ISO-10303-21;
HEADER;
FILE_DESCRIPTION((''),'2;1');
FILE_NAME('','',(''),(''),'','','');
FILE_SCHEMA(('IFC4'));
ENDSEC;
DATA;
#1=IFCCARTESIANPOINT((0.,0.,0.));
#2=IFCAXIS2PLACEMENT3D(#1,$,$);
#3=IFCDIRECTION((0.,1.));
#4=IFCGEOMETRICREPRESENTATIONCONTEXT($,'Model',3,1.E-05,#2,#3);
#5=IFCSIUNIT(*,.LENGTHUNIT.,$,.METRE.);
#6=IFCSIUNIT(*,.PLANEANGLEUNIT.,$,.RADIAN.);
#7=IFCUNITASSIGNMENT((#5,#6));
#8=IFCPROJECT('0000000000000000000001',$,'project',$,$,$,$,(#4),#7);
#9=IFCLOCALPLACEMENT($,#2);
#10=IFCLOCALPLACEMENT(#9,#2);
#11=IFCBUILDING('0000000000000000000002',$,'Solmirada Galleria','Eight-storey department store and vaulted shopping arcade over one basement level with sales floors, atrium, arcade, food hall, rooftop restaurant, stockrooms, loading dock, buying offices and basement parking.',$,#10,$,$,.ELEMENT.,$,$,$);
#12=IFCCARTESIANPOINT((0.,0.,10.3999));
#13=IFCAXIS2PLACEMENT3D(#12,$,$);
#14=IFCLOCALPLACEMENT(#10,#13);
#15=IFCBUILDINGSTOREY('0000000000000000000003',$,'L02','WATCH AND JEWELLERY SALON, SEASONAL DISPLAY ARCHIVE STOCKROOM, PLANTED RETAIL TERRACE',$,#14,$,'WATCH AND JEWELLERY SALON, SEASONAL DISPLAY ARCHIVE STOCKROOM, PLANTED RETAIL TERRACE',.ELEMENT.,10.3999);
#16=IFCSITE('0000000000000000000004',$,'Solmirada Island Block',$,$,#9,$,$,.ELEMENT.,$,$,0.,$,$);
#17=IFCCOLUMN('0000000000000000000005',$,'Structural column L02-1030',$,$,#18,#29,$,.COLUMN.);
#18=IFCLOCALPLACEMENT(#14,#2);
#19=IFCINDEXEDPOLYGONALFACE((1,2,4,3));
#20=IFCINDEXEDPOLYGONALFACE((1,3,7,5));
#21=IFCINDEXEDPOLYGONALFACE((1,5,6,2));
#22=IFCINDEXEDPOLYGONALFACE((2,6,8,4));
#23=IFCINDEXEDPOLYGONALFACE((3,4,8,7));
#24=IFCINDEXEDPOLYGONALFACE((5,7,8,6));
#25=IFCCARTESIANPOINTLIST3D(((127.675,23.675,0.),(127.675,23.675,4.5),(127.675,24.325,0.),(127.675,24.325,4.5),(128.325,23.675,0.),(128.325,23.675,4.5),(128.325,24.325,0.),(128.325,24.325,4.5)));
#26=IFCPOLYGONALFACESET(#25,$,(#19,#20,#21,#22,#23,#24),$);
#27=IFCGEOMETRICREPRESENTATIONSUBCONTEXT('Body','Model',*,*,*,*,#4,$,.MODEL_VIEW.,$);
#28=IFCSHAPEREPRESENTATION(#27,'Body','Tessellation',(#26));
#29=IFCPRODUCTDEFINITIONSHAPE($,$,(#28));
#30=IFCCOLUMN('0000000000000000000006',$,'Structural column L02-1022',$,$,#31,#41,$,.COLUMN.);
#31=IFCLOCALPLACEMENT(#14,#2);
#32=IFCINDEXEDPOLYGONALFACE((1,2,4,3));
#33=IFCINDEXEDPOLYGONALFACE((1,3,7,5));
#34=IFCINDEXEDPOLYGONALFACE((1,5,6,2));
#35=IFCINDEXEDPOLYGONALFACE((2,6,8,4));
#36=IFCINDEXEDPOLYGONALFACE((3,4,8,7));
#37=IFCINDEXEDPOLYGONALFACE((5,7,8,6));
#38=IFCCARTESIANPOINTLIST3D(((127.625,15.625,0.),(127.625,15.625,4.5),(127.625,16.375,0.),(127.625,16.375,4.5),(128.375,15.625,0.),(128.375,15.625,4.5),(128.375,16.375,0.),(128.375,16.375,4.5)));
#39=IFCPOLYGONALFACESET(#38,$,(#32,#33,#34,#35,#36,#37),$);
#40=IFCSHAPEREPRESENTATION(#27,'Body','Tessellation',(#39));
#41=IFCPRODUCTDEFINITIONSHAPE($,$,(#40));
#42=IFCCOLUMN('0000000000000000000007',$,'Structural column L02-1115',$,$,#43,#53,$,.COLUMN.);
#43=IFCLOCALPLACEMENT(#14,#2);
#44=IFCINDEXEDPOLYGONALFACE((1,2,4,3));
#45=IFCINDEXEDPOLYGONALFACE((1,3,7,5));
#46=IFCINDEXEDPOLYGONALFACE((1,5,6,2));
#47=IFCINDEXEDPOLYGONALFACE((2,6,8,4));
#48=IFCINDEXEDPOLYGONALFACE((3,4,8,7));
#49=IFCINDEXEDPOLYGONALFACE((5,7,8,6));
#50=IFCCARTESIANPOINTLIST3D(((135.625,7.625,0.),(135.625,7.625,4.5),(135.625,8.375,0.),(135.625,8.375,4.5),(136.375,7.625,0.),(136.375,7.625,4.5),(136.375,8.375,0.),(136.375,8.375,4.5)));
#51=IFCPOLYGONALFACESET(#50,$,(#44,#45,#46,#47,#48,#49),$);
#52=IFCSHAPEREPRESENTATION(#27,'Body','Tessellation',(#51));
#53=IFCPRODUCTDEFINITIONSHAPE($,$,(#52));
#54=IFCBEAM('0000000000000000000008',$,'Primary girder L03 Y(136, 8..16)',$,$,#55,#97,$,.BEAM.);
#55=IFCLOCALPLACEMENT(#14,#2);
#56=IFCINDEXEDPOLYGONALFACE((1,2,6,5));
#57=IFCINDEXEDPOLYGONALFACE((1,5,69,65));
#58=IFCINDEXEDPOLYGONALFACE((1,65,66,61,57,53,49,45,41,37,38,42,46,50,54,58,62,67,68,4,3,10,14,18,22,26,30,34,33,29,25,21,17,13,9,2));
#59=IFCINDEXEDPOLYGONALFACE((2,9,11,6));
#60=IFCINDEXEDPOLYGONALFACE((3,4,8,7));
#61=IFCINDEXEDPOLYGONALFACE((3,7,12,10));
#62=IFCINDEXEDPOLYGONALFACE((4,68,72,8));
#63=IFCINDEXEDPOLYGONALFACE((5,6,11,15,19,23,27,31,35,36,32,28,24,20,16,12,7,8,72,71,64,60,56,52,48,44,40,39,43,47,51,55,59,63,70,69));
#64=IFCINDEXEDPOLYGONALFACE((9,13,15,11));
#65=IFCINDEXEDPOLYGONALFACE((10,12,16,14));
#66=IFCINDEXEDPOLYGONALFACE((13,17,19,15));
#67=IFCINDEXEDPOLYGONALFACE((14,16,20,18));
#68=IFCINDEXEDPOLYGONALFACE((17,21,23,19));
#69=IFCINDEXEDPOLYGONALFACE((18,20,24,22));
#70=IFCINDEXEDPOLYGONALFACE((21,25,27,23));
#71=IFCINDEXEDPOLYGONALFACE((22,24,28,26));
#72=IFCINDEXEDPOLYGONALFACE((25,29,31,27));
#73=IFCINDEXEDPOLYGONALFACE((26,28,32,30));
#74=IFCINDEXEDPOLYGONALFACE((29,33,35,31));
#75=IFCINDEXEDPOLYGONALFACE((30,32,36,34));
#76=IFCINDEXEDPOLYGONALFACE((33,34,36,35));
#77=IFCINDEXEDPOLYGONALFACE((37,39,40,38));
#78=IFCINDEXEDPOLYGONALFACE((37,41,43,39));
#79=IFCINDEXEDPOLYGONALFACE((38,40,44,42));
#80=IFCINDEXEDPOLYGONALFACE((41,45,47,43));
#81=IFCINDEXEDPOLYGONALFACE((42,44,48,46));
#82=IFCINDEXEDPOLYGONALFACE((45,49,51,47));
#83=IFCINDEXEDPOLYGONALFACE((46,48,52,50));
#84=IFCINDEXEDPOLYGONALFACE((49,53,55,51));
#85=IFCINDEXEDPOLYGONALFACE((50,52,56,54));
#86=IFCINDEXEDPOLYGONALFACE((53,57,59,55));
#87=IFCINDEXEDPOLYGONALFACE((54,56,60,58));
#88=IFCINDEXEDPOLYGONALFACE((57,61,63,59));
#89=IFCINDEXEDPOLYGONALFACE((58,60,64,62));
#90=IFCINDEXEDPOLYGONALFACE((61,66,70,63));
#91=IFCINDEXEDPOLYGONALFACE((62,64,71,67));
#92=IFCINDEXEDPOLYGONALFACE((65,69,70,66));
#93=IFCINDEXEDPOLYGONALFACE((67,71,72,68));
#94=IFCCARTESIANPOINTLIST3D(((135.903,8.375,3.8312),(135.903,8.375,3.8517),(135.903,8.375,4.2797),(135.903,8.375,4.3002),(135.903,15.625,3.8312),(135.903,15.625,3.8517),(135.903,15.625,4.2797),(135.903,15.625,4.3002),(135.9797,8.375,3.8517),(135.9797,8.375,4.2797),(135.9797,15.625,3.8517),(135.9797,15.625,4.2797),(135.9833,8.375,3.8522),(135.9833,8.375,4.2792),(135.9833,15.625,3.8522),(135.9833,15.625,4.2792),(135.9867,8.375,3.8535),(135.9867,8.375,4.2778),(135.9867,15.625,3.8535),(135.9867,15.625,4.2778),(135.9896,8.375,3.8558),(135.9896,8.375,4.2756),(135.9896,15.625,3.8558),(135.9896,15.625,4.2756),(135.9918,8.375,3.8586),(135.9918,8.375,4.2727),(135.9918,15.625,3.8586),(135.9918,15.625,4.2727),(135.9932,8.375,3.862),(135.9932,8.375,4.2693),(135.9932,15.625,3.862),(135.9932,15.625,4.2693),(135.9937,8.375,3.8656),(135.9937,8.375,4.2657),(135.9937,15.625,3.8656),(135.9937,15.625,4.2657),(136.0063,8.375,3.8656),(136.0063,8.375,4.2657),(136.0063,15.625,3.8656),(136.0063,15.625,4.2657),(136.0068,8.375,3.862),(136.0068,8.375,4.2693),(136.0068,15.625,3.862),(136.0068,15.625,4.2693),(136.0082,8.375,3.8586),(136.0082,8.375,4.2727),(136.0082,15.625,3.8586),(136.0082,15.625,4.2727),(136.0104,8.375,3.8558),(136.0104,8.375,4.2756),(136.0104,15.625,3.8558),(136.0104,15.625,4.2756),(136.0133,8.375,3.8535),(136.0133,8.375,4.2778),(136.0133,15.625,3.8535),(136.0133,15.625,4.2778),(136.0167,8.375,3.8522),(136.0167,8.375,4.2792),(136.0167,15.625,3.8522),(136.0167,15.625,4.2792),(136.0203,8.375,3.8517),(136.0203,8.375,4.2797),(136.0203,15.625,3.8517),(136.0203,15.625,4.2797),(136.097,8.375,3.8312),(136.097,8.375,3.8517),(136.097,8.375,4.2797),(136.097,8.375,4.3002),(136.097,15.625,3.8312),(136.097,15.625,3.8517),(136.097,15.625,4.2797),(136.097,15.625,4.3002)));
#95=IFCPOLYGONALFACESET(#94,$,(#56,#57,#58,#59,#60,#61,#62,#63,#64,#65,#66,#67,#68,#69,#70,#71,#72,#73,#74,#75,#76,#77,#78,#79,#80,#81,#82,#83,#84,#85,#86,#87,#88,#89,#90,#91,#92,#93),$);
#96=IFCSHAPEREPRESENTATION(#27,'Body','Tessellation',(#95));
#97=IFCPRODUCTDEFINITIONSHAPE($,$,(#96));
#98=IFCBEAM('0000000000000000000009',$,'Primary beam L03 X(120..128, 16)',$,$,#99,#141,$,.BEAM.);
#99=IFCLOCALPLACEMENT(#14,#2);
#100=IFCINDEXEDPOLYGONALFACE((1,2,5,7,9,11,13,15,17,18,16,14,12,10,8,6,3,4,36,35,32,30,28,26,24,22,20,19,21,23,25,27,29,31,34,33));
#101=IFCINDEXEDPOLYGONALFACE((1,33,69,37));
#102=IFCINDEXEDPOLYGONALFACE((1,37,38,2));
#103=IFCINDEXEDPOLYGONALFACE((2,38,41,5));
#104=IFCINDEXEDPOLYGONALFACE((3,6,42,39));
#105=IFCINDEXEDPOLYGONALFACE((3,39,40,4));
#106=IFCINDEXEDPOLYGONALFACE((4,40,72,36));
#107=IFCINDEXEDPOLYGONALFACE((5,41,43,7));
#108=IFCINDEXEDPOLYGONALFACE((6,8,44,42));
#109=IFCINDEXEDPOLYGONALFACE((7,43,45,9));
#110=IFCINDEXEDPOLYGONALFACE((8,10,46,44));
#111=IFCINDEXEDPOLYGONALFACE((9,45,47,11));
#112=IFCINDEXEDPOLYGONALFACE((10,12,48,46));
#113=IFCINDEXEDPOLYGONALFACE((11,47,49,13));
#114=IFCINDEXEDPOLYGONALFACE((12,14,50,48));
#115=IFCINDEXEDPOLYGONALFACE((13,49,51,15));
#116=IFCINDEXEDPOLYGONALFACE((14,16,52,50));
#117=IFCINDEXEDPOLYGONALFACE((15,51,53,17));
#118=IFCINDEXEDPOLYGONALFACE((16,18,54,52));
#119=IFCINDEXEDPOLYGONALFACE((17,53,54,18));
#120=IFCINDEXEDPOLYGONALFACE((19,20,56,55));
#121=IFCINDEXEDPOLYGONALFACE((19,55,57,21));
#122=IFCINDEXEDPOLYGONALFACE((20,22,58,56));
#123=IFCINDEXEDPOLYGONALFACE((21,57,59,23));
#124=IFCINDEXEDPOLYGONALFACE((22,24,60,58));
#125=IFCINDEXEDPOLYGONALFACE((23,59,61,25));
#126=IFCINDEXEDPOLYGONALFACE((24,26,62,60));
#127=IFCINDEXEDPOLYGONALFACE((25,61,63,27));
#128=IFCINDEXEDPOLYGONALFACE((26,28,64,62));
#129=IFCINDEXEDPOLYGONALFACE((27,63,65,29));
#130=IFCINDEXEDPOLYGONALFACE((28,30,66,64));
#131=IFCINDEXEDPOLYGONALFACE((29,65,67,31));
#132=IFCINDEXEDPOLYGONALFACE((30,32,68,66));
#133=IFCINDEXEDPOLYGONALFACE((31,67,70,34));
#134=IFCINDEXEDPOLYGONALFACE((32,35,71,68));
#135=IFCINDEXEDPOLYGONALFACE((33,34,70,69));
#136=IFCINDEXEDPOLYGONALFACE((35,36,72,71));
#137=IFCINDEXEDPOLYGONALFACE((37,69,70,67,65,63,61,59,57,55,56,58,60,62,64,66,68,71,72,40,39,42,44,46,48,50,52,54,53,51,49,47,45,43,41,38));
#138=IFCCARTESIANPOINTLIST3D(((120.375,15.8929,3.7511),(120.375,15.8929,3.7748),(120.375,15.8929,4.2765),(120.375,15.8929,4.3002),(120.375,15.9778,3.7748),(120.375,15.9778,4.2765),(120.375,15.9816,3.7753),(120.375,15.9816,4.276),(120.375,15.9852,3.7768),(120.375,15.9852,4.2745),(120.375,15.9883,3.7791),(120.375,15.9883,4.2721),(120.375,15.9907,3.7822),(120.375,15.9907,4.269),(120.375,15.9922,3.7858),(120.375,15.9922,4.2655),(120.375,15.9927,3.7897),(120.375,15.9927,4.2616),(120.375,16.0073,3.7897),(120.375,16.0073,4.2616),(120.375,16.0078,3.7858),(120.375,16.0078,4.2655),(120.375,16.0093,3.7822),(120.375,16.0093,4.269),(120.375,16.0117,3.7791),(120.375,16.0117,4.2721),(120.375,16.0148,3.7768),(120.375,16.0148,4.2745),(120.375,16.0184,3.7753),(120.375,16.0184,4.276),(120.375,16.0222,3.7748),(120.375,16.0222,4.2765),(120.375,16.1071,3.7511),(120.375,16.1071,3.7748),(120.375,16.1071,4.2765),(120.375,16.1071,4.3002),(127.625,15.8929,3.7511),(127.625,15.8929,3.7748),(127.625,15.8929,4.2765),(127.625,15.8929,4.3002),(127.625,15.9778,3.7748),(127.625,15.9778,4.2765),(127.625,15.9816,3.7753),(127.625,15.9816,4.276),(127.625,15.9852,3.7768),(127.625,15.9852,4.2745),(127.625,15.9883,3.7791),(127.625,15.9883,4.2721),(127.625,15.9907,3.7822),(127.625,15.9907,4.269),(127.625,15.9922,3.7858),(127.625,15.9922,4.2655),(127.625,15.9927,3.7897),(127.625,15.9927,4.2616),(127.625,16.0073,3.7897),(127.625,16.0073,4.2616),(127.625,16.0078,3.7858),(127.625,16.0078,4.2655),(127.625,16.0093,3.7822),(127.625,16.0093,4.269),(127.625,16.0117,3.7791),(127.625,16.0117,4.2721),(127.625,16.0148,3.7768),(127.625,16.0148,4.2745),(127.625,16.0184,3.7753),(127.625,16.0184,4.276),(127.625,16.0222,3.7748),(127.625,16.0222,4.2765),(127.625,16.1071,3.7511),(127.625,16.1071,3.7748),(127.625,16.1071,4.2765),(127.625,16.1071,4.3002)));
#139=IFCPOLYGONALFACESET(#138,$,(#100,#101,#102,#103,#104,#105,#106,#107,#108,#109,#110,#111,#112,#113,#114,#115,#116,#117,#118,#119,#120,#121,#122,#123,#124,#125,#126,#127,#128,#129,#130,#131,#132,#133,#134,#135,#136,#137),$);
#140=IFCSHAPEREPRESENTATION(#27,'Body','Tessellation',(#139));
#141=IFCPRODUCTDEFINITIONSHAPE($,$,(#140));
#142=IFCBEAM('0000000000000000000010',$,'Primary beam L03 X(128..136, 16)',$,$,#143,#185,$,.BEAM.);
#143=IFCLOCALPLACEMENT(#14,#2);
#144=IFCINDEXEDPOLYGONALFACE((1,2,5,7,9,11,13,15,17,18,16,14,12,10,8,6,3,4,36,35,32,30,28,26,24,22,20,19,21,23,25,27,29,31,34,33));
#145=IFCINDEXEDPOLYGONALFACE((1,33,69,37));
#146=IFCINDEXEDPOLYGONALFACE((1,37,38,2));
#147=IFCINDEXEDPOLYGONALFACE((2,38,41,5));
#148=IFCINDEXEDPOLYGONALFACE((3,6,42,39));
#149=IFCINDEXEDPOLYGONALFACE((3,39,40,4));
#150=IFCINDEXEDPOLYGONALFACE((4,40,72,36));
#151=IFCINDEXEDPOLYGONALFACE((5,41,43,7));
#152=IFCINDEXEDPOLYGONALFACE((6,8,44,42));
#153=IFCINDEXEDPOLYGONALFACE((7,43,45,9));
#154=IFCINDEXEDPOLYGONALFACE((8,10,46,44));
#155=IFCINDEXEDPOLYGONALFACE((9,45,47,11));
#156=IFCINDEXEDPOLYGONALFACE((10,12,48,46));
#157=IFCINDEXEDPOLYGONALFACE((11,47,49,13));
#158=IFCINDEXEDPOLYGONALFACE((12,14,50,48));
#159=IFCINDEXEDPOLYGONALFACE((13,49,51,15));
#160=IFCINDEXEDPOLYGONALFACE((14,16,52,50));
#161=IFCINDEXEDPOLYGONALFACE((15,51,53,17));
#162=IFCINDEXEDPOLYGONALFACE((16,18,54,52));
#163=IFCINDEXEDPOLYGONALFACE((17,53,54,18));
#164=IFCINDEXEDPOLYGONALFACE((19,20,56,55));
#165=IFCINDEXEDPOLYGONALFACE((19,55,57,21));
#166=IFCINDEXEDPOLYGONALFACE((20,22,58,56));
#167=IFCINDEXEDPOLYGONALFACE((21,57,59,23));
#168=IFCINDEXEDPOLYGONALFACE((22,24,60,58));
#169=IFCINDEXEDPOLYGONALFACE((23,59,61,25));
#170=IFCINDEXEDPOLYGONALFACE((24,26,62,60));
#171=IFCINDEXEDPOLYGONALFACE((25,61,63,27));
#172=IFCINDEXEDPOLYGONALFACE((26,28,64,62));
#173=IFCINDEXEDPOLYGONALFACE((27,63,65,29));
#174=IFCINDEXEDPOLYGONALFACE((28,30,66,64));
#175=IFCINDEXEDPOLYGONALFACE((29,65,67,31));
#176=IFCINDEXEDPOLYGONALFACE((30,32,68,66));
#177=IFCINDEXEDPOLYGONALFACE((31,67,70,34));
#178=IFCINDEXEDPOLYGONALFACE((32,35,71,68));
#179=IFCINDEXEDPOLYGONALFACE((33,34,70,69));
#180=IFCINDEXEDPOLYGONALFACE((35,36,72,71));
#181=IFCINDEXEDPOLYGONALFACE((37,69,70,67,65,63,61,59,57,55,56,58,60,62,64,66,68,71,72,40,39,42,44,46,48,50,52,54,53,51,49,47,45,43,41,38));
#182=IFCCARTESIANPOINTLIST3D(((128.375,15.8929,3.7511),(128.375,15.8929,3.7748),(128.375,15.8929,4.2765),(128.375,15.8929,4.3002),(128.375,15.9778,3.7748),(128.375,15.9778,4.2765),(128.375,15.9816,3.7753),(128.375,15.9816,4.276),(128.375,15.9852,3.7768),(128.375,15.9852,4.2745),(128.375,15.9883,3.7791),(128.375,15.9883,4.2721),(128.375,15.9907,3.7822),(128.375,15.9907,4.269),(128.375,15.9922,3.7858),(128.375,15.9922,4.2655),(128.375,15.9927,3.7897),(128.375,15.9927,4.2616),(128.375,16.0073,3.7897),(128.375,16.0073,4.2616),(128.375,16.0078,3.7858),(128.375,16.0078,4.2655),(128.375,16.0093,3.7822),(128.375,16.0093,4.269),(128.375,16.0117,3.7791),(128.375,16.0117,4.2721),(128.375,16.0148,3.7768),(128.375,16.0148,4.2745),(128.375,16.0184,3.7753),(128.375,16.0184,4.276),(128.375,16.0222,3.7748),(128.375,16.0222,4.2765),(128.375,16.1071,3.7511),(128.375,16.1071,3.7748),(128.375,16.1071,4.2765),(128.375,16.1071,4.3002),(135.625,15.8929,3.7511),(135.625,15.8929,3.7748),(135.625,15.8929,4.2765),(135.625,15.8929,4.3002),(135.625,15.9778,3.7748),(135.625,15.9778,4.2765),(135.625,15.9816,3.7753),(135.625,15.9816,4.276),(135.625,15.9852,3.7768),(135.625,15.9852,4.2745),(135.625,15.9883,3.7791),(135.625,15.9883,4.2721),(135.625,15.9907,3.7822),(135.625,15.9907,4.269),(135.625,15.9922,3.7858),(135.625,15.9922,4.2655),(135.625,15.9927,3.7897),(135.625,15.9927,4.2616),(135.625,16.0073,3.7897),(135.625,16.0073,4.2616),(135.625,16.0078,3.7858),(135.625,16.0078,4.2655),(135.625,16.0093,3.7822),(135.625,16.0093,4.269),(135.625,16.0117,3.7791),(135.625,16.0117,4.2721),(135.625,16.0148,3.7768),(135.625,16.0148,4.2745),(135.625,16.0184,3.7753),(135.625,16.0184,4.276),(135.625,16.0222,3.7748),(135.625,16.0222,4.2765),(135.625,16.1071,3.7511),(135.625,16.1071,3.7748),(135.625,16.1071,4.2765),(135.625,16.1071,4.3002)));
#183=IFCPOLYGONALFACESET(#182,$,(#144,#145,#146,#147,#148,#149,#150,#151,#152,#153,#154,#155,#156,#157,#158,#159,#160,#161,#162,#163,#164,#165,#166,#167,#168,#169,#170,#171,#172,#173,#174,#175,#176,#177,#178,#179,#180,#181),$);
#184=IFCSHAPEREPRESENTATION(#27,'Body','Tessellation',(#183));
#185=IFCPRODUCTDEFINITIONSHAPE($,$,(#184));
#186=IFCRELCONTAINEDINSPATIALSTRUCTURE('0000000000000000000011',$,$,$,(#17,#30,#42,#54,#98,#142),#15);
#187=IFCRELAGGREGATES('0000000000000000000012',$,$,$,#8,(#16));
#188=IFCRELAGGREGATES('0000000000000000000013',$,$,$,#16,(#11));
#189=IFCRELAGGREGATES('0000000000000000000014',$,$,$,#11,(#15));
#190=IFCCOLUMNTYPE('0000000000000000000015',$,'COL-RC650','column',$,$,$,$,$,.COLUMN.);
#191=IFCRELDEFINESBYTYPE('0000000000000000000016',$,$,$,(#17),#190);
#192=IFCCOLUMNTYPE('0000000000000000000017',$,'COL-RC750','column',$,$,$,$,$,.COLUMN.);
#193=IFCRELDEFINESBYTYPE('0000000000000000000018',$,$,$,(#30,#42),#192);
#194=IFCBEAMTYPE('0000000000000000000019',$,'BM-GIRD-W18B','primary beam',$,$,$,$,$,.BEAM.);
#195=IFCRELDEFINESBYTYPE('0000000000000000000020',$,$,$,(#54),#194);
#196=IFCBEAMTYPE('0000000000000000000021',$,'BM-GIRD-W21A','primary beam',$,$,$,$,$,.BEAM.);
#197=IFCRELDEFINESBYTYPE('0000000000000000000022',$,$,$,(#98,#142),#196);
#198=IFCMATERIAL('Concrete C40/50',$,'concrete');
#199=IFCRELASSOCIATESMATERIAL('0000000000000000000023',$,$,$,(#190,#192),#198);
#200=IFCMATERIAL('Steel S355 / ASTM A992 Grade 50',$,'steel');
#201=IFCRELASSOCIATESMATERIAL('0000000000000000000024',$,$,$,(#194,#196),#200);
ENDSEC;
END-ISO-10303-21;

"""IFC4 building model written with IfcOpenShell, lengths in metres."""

from ifc_helpers import new_model, si_unit, direction, frame, origin, origin_2d, place, context, subcontext, project, spatial, rectangle, i_section, extrude, material, material_profile, profile_set, type_object, element, save


model = new_model("IFC4")

# Units and contexts
model_context = context("Model", 3, precision=1e-05, world=origin(), true_north=direction((0.0, 1.0)))
body_context = subcontext(model_context, "Body", "Model", "MODEL_VIEW")
ifc_project = project(units=[si_unit("LENGTHUNIT", "METRE"), si_unit("PLANEANGLEUNIT", "RADIAN")], contexts=[model_context])

# Site, building, storey
site_placement = place(None, origin())
site = spatial("IfcSite", under=ifc_project, at=site_placement, Name="Solmirada Island Block", CompositionType="ELEMENT", RefElevation=0.0)
building_placement = place(site_placement, origin())
building = spatial("IfcBuilding", under=site, at=building_placement, Name="Solmirada Galleria", Description="Eight-storey department store and vaulted shopping arcade over one basement level with sales floors, atrium, arcade, food hall, rooftop restaurant, stockrooms, loading dock, buying offices and basement parking.", CompositionType="ELEMENT")
storey_placement = place(building_placement, frame((0.0, 0.0, 10.3999)))
storey = spatial("IfcBuildingStorey", under=building, at=storey_placement, Name="L02", Description="WATCH AND JEWELLERY SALON, SEASONAL DISPLAY ARCHIVE STOCKROOM, PLANTED RETAIL TERRACE", LongName="WATCH AND JEWELLERY SALON, SEASONAL DISPLAY ARCHIVE STOCKROOM, PLANTED RETAIL TERRACE", CompositionType="ELEMENT", Elevation=10.3999)

# Columns
ifc_material_1 = material(Name="Concrete C40/50", Category="concrete")
ifc_material_profile_1 = material_profile(ifc_material_1, rectangle(XDim=0.6499, YDim=0.6499, at=origin_2d()), Name="RC650X650")
ifc_profile_set_1 = profile_set([ifc_material_profile_1], Name="Concrete C40/50")
column_type_1 = type_object("IfcColumnType", Name="COL-RC650", Description="column", PredefinedType="COLUMN", material=ifc_profile_set_1)
column_placement = place(storey_placement, frame((128.0, 24.0, 0.0), z_axis=(0.0, 0.0, 1.0), x_axis=(1.0, 0.0, 0.0)))
element("IfcColumn", 1, at=column_placement, inside=storey, type_object=column_type_1, Name="Structural column L02-1030", PredefinedType="COLUMN", context=body_context, shape_type="SweptSolid", body=[
    extrude(rectangle(XDim=0.6499, YDim=0.6499, at=origin_2d()), origin(), (0.0, 0.0, 1.0), 4.5),
])
ifc_material_profile_2 = material_profile(ifc_material_1, rectangle(XDim=0.75, YDim=0.75, at=origin_2d()), Name="RC750X750")
ifc_profile_set_2 = profile_set([ifc_material_profile_2], Name="Concrete C40/50")
column_type_2 = type_object("IfcColumnType", Name="COL-RC750", Description="column", PredefinedType="COLUMN", material=ifc_profile_set_2)
for number, where, z_axis, x_axis, name in (
    (2, (128.0, 16.0, 0.0), (0.0, 0.0, 1.0), (1.0, 0.0, 0.0), "Structural column L02-1022"),
    (3, (136.0, 8.0, 0.0), (0.0, 0.0, 1.0), (1.0, 0.0, 0.0), "Structural column L02-1115"),
):
    element("IfcColumn", number, at=place(storey_placement, frame(where, z_axis=z_axis, x_axis=x_axis)), inside=storey, type_object=column_type_2, Name=name, PredefinedType="COLUMN", context=body_context, shape_type="SweptSolid", body=[
        extrude(rectangle(XDim=0.75, YDim=0.75, at=origin_2d()), origin(), (0.0, 0.0, 1.0), 4.5),
    ])

# Beams
ifc_material_2 = material(Name="Steel S355 / ASTM A992 Grade 50", Category="steel")
ifc_material_profile_3 = material_profile(ifc_material_2, i_section(OverallWidth=0.1941, OverallDepth=0.469, WebThickness=0.0127, FlangeThickness=0.0205, FilletRadius=0.0139, at=origin_2d()), Name="W18X71")
ifc_profile_set_3 = profile_set([ifc_material_profile_3], Name="Steel S355 / ASTM A992 Grade 50")
beam_type_1 = type_object("IfcBeamType", Name="BM-GIRD-W18B", Description="primary beam", PredefinedType="BEAM", material=ifc_profile_set_3)
beam_1_placement = place(storey_placement, frame((136.0, 8.375, 4.0657), z_axis=(0.0, 1.0, 0.0), x_axis=(-1.0, 0.0, 0.0)))
element("IfcBeam", 4, at=beam_1_placement, inside=storey, type_object=beam_type_1, Name="Primary girder L03 Y(136, 8..16)", PredefinedType="BEAM", context=body_context, shape_type="SweptSolid", body=[
    extrude(i_section(OverallWidth=0.1941, OverallDepth=0.469, WebThickness=0.0127, FlangeThickness=0.0205, FilletRadius=0.0139, at=origin_2d()), origin(), (0.0, 0.0, 1.0), 7.25),
])
ifc_material_profile_4 = material_profile(ifc_material_2, i_section(OverallWidth=0.2141, OverallDepth=0.5491, WebThickness=0.0146, FlangeThickness=0.0237, FilletRadius=0.0149, at=origin_2d()), Name="W21X93")
ifc_profile_set_4 = profile_set([ifc_material_profile_4], Name="Steel S355 / ASTM A992 Grade 50")
beam_type_2 = type_object("IfcBeamType", Name="BM-GIRD-W21A", Description="primary beam", PredefinedType="BEAM", material=ifc_profile_set_4)
for number, where, z_axis, x_axis, name in (
    (5, (120.375, 16.0, 4.0256), (1.0, 0.0, 0.0), (0.0, 1.0, 0.0), "Primary beam L03 X(120..128, 16)"),
    (6, (128.375, 16.0, 4.0256), (1.0, 0.0, 0.0), (0.0, 1.0, 0.0), "Primary beam L03 X(128..136, 16)"),
):
    element("IfcBeam", number, at=place(storey_placement, frame(where, z_axis=z_axis, x_axis=x_axis)), inside=storey, type_object=beam_type_2, Name=name, PredefinedType="BEAM", context=body_context, shape_type="SweptSolid", body=[
        extrude(i_section(OverallWidth=0.2141, OverallDepth=0.5491, WebThickness=0.0146, FlangeThickness=0.0237, FilletRadius=0.0149, at=origin_2d()), origin(), (0.0, 0.0, 1.0), 7.25),
    ])

save(model, "model.ifc")
